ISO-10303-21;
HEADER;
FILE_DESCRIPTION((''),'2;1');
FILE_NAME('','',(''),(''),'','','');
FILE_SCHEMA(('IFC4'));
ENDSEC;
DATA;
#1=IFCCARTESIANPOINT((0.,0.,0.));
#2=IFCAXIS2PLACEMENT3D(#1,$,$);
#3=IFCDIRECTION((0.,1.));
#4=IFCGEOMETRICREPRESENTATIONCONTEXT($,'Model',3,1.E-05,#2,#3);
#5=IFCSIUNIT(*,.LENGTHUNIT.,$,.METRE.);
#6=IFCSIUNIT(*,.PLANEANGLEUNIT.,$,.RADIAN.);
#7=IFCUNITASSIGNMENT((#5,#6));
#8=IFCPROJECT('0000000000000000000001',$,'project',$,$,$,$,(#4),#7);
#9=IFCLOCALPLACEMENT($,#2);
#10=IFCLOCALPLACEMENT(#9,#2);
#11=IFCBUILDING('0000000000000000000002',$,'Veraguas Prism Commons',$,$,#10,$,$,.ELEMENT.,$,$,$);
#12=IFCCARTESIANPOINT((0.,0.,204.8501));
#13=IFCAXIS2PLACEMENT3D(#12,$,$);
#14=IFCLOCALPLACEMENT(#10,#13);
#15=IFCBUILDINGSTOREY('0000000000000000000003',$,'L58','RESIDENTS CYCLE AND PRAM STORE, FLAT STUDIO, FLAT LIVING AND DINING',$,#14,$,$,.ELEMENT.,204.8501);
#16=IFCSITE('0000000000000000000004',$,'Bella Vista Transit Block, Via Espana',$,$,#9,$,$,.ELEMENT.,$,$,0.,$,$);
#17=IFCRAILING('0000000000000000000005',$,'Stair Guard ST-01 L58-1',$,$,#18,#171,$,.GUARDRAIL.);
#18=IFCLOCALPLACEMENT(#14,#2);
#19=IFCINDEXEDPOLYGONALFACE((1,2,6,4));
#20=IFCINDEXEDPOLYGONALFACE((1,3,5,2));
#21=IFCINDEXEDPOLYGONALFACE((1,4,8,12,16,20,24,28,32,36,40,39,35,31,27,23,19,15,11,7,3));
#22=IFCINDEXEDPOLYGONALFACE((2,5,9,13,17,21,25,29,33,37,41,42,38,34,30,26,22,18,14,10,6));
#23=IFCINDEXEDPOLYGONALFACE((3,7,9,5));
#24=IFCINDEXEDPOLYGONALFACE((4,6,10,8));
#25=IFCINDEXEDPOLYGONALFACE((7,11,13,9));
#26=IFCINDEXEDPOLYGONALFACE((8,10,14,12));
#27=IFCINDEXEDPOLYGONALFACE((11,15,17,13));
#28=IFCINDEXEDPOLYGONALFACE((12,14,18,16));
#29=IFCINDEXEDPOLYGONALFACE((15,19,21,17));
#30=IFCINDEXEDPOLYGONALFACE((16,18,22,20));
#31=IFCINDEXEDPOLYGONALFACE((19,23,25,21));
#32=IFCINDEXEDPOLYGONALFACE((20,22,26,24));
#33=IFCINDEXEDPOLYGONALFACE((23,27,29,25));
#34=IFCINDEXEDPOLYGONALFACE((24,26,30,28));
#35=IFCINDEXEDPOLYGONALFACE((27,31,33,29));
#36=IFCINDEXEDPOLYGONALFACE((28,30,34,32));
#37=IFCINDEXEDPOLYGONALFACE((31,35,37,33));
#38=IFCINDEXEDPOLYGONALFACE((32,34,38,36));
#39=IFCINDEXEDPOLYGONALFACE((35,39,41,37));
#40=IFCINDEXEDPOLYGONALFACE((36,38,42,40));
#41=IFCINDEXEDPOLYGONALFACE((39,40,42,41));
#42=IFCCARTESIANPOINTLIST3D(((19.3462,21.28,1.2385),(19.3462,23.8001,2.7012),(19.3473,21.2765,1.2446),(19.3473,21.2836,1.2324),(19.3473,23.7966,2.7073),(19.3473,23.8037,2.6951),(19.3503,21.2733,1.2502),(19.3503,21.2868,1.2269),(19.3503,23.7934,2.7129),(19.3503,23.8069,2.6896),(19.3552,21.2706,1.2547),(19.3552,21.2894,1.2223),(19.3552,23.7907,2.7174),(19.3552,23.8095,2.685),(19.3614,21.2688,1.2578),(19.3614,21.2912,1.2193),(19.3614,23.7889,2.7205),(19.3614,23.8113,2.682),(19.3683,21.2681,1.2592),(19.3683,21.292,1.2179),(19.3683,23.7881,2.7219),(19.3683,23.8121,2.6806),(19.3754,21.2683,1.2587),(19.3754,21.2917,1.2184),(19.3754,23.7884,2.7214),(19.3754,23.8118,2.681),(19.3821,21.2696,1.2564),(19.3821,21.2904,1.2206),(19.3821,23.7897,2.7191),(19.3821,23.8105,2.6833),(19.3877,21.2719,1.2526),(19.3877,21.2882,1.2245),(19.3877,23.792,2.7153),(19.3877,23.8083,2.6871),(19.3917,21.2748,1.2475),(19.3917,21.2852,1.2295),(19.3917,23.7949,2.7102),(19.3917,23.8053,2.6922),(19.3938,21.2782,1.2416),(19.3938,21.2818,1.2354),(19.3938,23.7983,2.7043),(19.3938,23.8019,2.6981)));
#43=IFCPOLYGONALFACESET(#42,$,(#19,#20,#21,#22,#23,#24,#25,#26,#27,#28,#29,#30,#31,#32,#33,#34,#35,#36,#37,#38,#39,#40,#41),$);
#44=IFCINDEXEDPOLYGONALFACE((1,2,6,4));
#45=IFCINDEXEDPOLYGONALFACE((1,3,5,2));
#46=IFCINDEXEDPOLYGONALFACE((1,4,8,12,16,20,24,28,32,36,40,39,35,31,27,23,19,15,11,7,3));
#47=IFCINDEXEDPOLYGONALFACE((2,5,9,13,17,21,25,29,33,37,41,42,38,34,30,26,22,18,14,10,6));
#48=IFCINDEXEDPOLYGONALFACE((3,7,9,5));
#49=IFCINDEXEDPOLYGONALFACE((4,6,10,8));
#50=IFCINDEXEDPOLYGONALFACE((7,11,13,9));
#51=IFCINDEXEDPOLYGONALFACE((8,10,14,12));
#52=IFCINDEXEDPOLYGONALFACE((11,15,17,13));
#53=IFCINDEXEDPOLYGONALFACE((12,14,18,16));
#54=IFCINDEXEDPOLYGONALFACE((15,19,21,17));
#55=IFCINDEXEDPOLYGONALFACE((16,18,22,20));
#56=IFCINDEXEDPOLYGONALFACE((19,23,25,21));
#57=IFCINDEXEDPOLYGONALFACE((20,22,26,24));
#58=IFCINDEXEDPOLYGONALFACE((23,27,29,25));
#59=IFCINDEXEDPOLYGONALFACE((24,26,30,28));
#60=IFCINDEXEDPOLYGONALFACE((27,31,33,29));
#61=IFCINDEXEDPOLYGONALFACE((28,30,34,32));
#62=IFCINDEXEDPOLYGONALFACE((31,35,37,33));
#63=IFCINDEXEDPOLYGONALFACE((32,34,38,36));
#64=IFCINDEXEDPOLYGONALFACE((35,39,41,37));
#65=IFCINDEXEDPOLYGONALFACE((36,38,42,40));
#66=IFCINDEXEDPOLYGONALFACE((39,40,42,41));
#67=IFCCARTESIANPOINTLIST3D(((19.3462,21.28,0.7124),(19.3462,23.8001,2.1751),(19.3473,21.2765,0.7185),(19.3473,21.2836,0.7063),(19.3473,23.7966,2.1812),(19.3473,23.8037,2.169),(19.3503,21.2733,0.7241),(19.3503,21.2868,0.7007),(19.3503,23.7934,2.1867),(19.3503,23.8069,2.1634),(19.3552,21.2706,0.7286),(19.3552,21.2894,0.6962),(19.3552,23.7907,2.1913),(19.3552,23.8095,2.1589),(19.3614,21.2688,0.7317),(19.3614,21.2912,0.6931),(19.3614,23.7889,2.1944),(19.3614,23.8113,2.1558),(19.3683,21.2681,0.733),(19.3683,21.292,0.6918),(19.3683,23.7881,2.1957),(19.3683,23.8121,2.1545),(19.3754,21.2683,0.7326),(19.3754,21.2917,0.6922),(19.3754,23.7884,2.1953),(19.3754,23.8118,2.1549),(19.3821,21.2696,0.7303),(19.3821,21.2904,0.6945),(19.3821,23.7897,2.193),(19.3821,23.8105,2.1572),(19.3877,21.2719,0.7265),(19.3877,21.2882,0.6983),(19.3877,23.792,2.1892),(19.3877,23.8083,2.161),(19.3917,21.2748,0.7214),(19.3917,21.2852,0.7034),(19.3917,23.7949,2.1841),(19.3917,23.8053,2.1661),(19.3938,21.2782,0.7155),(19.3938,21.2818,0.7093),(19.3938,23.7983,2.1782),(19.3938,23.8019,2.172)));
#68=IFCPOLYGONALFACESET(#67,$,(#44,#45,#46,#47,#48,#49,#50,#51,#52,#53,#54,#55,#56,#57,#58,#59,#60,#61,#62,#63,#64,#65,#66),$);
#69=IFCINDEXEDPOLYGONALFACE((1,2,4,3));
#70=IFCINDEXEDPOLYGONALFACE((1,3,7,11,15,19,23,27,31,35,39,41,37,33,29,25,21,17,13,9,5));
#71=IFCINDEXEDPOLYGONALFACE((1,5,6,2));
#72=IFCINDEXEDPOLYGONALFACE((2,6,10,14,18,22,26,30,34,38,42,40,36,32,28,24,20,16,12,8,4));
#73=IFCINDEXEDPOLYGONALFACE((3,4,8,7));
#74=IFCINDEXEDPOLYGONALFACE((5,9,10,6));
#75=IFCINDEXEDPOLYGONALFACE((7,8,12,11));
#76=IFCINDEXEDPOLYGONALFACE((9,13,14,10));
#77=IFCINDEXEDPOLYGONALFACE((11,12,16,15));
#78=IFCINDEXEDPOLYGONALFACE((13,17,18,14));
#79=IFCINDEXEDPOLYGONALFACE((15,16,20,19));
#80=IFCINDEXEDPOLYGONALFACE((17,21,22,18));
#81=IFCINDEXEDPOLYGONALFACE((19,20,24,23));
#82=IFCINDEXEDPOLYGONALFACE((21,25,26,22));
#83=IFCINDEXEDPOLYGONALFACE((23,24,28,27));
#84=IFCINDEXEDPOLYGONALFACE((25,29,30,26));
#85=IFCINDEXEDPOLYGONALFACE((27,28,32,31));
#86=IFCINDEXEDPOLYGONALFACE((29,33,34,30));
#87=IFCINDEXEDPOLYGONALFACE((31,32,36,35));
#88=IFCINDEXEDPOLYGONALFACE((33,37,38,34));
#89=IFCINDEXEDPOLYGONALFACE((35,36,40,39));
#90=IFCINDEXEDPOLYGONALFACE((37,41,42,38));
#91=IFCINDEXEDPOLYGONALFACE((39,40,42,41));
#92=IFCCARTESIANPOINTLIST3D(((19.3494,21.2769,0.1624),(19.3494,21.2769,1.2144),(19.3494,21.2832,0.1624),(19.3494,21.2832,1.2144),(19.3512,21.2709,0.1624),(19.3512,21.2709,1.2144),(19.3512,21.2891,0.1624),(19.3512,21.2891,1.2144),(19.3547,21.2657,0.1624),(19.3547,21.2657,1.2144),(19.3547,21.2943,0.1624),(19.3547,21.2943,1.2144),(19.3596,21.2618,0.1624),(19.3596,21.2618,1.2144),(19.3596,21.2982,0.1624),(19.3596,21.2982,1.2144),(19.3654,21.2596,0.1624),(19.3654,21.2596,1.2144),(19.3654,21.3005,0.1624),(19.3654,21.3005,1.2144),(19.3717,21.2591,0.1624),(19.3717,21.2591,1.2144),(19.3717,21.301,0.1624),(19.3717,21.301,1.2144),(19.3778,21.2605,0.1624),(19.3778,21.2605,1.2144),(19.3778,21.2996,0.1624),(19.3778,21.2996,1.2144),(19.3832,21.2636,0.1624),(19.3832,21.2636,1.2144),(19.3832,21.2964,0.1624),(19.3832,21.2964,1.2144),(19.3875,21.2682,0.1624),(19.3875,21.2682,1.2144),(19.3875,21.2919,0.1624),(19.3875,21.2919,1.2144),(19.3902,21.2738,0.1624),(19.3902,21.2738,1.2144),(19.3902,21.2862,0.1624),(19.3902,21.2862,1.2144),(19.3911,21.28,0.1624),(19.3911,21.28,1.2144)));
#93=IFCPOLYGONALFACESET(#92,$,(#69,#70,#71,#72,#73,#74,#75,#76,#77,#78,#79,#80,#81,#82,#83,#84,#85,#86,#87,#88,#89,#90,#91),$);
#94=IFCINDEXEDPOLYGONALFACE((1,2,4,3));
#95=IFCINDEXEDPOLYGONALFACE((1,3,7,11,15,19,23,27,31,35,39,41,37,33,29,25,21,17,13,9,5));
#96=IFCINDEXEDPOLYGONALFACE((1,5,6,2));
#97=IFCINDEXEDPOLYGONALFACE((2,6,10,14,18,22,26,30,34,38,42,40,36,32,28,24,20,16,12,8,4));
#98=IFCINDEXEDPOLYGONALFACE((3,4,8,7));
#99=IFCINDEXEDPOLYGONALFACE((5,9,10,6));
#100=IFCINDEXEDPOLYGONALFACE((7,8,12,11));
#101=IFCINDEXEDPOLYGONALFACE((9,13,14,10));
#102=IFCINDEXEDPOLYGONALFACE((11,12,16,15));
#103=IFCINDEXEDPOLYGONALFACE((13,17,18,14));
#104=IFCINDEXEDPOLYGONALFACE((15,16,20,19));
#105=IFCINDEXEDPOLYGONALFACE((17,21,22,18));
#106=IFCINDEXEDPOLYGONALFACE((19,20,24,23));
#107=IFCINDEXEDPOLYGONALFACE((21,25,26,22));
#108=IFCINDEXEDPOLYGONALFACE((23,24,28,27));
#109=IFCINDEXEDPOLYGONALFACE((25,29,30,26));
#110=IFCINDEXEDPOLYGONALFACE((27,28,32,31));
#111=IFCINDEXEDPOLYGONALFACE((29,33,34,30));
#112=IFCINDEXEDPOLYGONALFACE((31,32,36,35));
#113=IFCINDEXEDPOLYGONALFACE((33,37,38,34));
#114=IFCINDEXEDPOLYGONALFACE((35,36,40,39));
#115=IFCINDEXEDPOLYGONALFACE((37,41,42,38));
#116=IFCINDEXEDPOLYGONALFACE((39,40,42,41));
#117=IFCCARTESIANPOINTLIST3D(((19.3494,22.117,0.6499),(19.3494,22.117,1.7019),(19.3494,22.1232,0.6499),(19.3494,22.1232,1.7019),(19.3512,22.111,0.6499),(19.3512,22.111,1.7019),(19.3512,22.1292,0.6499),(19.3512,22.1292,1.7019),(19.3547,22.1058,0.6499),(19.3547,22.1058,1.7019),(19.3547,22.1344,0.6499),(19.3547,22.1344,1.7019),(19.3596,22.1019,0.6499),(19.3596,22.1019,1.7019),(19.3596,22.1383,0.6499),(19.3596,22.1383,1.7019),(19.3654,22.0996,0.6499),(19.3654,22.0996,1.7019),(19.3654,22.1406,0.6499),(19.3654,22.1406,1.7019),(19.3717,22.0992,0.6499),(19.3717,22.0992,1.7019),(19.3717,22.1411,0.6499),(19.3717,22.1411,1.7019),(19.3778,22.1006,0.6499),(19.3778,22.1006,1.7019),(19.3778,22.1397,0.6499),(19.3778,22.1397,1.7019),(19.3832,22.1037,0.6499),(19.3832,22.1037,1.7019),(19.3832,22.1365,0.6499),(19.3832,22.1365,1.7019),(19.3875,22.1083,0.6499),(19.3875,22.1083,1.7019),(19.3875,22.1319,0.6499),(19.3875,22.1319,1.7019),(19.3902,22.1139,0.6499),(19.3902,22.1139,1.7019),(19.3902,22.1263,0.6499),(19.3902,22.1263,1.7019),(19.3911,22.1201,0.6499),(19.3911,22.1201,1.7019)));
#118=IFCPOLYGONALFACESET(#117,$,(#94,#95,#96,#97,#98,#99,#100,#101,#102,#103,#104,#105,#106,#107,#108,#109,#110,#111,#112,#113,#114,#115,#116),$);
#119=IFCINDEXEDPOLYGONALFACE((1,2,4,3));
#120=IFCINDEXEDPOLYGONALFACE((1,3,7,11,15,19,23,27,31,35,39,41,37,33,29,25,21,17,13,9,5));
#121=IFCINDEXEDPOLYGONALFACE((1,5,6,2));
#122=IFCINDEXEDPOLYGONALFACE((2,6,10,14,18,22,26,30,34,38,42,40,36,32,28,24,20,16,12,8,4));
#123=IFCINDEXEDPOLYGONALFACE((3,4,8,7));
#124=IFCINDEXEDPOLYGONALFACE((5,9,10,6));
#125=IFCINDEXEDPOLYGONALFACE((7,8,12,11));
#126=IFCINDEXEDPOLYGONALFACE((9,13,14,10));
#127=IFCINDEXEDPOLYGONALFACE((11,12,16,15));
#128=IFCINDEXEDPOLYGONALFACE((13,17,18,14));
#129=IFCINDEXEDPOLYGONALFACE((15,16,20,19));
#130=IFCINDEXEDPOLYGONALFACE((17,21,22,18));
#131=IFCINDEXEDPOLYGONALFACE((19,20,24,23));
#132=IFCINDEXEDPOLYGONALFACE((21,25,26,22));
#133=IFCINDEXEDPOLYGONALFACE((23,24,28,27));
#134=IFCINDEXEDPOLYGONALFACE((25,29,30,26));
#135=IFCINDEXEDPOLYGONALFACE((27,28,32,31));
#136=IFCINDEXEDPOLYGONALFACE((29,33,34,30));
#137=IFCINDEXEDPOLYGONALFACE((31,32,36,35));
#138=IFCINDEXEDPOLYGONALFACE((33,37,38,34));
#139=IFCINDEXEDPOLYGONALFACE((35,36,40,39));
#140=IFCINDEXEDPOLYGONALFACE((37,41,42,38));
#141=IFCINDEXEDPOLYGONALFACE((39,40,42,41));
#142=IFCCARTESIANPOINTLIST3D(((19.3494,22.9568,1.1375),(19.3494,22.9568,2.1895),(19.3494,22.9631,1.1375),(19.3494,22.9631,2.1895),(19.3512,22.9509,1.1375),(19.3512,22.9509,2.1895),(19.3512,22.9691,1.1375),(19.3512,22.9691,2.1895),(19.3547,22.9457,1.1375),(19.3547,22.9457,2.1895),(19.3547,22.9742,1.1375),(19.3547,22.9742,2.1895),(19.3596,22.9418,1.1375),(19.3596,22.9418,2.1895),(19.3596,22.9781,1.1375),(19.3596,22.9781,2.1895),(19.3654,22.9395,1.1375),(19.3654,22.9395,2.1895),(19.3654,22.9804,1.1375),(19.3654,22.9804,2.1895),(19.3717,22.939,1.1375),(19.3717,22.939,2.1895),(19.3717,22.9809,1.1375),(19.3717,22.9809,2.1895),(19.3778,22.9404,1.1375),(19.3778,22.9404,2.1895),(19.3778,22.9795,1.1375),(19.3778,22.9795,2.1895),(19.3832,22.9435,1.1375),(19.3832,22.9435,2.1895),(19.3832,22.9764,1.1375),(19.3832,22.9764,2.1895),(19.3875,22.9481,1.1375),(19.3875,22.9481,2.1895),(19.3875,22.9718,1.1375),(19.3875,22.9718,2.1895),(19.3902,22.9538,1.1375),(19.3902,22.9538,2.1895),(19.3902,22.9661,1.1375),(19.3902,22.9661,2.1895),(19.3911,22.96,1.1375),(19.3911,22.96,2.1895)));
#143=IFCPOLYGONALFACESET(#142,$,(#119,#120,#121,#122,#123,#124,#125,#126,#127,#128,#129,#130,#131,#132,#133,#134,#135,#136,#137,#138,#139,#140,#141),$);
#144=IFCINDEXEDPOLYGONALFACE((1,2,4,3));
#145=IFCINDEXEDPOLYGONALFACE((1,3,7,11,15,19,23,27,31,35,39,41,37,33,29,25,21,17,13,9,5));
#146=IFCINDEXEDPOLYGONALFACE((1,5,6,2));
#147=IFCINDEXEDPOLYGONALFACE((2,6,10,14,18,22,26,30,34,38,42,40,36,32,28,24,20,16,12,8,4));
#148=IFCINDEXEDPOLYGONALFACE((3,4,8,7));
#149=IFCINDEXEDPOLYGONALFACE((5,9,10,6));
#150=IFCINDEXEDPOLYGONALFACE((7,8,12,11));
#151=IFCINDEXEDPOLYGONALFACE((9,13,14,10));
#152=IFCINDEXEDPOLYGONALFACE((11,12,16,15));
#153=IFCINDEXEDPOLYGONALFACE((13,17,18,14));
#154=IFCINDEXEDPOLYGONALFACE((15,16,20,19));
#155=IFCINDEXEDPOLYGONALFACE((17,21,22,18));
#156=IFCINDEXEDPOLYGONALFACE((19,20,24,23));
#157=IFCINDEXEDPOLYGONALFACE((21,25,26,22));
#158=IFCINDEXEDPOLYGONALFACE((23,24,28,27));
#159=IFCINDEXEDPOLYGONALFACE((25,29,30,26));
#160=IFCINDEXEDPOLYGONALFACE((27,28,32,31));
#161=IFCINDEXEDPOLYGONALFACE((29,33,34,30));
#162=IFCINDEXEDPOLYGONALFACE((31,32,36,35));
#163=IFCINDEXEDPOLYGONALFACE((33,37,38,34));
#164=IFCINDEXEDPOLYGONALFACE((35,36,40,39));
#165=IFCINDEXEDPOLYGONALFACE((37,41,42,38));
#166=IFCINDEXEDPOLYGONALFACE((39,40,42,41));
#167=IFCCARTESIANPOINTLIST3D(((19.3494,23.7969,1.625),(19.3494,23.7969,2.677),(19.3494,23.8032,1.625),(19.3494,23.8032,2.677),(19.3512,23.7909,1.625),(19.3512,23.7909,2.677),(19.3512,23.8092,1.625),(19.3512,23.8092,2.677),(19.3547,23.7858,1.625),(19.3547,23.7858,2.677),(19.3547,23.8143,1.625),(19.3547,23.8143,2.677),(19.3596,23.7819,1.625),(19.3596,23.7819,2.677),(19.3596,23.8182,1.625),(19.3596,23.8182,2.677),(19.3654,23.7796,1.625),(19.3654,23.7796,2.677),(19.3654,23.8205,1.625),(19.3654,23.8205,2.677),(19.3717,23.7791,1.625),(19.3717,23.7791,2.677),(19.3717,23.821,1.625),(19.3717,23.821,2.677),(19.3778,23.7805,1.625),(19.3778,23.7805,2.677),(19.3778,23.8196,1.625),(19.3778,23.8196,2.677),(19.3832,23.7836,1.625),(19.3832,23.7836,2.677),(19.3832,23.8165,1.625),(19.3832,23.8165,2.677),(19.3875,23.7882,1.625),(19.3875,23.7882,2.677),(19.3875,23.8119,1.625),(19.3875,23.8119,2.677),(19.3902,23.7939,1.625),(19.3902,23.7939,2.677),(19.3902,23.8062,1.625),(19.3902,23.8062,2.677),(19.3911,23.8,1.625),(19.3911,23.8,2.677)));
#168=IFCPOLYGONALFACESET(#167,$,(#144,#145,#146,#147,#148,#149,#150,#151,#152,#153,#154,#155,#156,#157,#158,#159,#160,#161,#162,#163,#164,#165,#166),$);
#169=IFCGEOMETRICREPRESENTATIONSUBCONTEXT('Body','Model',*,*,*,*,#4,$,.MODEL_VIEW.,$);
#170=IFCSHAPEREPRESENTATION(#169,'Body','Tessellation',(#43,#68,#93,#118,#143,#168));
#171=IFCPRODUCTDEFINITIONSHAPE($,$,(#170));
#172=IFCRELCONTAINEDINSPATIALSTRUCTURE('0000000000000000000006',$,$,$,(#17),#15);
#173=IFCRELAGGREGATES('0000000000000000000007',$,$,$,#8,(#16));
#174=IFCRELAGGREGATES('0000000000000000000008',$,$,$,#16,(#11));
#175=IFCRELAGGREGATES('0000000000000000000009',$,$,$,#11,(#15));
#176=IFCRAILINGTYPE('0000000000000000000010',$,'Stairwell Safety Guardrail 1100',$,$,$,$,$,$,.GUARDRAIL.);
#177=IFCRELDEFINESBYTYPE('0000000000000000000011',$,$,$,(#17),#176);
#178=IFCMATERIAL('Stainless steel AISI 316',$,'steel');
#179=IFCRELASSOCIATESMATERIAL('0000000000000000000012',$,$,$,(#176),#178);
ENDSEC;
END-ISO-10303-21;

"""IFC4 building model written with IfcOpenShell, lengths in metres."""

from ifc_helpers import new_model, si_unit, direction, frame, origin, origin_2d, place, context, subcontext, project, spatial, circle, extrude, material, type_object, element, save


model = new_model("IFC4")

# Units and contexts
model_context = context("Model", 3, precision=1e-05, world=origin(), true_north=direction((0.0, 1.0)))
body_context = subcontext(model_context, "Body", "Model", "MODEL_VIEW")
ifc_project = project(units=[si_unit("LENGTHUNIT", "METRE"), si_unit("PLANEANGLEUNIT", "RADIAN")], contexts=[model_context])

# Site, building, storey
site_placement = place(None, origin())
site = spatial("IfcSite", under=ifc_project, at=site_placement, Name="Bella Vista Transit Block, Via Espana", CompositionType="ELEMENT", RefElevation=0.0)
building_placement = place(site_placement, origin())
building = spatial("IfcBuilding", under=site, at=building_placement, Name="Veraguas Prism Commons", CompositionType="ELEMENT")
storey_placement = place(building_placement, frame((0.0, 0.0, 204.8501)))
storey = spatial("IfcBuildingStorey", under=building, at=storey_placement, Name="L58", Description="RESIDENTS CYCLE AND PRAM STORE, FLAT STUDIO, FLAT LIVING AND DINING", CompositionType="ELEMENT", Elevation=204.8501)

# Railing
ifc_material_1 = material(Name="Stainless steel AISI 316", Category="steel")
railing_type_1 = type_object("IfcRailingType", Name="Stairwell Safety Guardrail 1100", PredefinedType="GUARDRAIL", material=ifc_material_1)
railing_1_placement = place(storey_placement, frame((19.3701, 21.28, 0.1624)))
element("IfcRailing", 1, at=railing_1_placement, inside=storey, type_object=railing_type_1, Name="Stair Guard ST-01 L58-1", PredefinedType="GUARDRAIL", context=body_context, shape_type="SweptSolid", body=[
    extrude(circle(Radius=0.0239, at=origin_2d()), frame((0.0, 0.0, 1.0762), z_axis=(0.0, 0.864877, 0.501984), x_axis=(-1.0, 0.0, 0.0)), (0.0, 0.0, 1.0), 2.9138),
    extrude(circle(Radius=0.0239, at=origin_2d()), frame((0.0, 0.0, 0.55), z_axis=(0.0, 0.864877, 0.501984), x_axis=(-1.0, 0.0, 0.0)), (0.0, 0.0, 1.0), 2.9138),
    extrude(circle(Radius=0.021, at=origin_2d()), origin(), (0.0, 0.0, 1.0), 1.052),
    extrude(circle(Radius=0.021, at=origin_2d()), frame((0.0, 0.8401, 0.4875)), (0.0, 0.0, 1.0), 1.052),
    extrude(circle(Radius=0.021, at=origin_2d()), frame((0.0, 1.6799, 0.9751)), (0.0, 0.0, 1.0), 1.052),
    extrude(circle(Radius=0.021, at=origin_2d()), frame((0.0, 2.52, 1.4626)), (0.0, 0.0, 1.0), 1.052),
])

save(model, "model.ifc")
